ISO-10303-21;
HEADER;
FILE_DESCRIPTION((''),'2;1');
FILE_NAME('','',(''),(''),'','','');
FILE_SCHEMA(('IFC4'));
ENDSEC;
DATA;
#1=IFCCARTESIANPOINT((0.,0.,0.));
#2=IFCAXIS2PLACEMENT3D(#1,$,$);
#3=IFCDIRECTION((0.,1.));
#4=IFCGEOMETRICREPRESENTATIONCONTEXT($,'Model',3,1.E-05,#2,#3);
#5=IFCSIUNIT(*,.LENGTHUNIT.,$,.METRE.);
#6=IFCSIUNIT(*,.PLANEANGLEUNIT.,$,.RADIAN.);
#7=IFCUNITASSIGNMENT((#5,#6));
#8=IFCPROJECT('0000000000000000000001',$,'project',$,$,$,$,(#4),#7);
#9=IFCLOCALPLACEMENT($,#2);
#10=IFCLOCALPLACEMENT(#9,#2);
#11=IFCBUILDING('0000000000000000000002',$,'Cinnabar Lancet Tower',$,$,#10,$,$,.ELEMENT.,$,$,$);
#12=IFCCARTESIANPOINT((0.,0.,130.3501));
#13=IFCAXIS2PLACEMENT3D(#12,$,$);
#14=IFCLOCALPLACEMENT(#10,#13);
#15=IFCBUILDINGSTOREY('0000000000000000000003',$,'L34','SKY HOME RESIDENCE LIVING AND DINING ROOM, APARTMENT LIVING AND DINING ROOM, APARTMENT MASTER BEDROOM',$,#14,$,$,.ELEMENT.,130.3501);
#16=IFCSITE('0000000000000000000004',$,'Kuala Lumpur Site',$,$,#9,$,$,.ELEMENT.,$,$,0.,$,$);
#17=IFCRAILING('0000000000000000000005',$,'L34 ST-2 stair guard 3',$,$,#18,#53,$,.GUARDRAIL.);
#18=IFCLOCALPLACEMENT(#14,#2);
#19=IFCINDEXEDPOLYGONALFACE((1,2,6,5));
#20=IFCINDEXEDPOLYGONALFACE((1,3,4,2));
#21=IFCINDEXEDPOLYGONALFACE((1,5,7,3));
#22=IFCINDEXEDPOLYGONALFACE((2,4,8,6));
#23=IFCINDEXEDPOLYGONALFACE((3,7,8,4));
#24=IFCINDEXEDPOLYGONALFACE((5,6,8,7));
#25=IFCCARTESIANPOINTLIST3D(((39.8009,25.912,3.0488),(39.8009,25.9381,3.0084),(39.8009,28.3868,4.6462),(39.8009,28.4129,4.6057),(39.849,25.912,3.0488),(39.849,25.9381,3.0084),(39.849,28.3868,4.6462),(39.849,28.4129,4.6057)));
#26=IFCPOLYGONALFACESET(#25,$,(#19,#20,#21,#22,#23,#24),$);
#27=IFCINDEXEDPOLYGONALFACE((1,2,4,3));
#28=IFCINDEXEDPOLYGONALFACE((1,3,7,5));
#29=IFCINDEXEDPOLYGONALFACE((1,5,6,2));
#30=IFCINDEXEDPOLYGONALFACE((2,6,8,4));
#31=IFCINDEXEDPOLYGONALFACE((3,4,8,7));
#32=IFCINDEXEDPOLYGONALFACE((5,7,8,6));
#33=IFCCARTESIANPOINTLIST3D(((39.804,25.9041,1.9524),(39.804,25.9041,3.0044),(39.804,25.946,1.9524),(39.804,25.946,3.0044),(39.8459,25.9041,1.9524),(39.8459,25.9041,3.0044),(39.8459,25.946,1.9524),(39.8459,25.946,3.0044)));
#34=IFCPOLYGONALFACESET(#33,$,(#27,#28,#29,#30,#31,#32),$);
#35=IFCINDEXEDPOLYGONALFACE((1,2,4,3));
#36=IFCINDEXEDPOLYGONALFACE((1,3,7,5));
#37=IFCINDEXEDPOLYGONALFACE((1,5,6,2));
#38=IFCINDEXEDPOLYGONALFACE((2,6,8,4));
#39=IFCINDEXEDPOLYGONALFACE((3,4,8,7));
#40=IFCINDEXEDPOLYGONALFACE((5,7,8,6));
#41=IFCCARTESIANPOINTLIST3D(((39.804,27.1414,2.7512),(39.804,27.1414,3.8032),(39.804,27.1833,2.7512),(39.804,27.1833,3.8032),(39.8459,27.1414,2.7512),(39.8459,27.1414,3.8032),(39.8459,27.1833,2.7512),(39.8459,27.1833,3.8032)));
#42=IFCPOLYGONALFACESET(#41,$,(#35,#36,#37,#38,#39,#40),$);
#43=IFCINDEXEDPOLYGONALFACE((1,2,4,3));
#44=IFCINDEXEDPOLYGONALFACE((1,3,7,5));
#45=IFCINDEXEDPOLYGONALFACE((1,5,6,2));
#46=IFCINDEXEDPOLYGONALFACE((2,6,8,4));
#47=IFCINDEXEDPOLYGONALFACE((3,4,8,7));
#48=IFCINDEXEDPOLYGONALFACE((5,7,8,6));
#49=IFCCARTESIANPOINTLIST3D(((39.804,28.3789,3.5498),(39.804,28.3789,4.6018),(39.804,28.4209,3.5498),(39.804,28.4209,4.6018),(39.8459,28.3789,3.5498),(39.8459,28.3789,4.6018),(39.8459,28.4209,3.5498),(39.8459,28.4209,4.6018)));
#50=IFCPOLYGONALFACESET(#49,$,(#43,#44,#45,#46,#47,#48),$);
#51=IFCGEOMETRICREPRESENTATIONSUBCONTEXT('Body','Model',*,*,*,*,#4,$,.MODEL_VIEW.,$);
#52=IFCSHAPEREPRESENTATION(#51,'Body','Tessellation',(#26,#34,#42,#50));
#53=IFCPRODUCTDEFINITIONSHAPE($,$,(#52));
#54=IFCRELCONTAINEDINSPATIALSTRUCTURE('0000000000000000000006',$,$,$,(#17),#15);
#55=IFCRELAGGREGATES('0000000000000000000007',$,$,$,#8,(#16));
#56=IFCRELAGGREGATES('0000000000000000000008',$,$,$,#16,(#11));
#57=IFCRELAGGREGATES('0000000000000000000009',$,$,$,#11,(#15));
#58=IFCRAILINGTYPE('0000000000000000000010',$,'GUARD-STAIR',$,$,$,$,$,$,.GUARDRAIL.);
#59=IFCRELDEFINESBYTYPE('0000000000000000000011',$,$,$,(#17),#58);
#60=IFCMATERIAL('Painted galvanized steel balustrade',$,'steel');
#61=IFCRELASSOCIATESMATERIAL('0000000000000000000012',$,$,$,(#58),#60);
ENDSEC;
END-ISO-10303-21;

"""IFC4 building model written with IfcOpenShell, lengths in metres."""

from ifc_helpers import new_model, si_unit, direction, frame, origin, origin_2d, place, context, subcontext, project, spatial, rectangle, extrude, material, type_object, element, save


model = new_model("IFC4")

# Units and contexts
model_context = context("Model", 3, precision=1e-05, world=origin(), true_north=direction((0.0, 1.0)))
body_context = subcontext(model_context, "Body", "Model", "MODEL_VIEW")
ifc_project = project(units=[si_unit("LENGTHUNIT", "METRE"), si_unit("PLANEANGLEUNIT", "RADIAN")], contexts=[model_context])

# Site, building, storey
site_placement = place(None, origin())
site = spatial("IfcSite", under=ifc_project, at=site_placement, Name="Kuala Lumpur Site", CompositionType="ELEMENT", RefElevation=0.0)
building_placement = place(site_placement, origin())
building = spatial("IfcBuilding", under=site, at=building_placement, Name="Cinnabar Lancet Tower", CompositionType="ELEMENT")
storey_placement = place(building_placement, frame((0.0, 0.0, 130.3501)))
storey = spatial("IfcBuildingStorey", under=building, at=storey_placement, Name="L34", Description="SKY HOME RESIDENCE LIVING AND DINING ROOM, APARTMENT LIVING AND DINING ROOM, APARTMENT MASTER BEDROOM", CompositionType="ELEMENT", Elevation=130.3501)

# Railing
ifc_material_1 = material(Name="Painted galvanized steel balustrade", Category="steel")
railing_type = type_object("IfcRailingType", Name="GUARD-STAIR", PredefinedType="GUARDRAIL", material=ifc_material_1)
railing_1_placement = place(storey_placement, frame((39.825, 25.925, 1.9524)))
element("IfcRailing", 1, at=railing_1_placement, inside=storey, type_object=railing_type, Name="L34 ST-2 stair guard 3", PredefinedType="GUARDRAIL", context=body_context, shape_type="SweptSolid", body=[
    extrude(rectangle(XDim=0.0481, YDim=0.0481, at=origin_2d()), frame((0.0, 0.0, 1.0762), z_axis=(0.0, 0.840183, 0.542302), x_axis=(-1.0, 0.0, 0.0)), (0.0, 0.0, 1.0), 2.9456),
    extrude(rectangle(XDim=0.042, YDim=0.042, at=origin_2d()), origin(), (0.0, 0.0, 1.0), 1.052),
    extrude(rectangle(XDim=0.042, YDim=0.042, at=origin_2d()), frame((0.0, 1.2373, 0.7988)), (0.0, 0.0, 1.0), 1.052),
    extrude(rectangle(XDim=0.042, YDim=0.042, at=origin_2d()), frame((0.0, 2.4749, 1.5974)), (0.0, 0.0, 1.0), 1.052),
])

save(model, "model.ifc")
